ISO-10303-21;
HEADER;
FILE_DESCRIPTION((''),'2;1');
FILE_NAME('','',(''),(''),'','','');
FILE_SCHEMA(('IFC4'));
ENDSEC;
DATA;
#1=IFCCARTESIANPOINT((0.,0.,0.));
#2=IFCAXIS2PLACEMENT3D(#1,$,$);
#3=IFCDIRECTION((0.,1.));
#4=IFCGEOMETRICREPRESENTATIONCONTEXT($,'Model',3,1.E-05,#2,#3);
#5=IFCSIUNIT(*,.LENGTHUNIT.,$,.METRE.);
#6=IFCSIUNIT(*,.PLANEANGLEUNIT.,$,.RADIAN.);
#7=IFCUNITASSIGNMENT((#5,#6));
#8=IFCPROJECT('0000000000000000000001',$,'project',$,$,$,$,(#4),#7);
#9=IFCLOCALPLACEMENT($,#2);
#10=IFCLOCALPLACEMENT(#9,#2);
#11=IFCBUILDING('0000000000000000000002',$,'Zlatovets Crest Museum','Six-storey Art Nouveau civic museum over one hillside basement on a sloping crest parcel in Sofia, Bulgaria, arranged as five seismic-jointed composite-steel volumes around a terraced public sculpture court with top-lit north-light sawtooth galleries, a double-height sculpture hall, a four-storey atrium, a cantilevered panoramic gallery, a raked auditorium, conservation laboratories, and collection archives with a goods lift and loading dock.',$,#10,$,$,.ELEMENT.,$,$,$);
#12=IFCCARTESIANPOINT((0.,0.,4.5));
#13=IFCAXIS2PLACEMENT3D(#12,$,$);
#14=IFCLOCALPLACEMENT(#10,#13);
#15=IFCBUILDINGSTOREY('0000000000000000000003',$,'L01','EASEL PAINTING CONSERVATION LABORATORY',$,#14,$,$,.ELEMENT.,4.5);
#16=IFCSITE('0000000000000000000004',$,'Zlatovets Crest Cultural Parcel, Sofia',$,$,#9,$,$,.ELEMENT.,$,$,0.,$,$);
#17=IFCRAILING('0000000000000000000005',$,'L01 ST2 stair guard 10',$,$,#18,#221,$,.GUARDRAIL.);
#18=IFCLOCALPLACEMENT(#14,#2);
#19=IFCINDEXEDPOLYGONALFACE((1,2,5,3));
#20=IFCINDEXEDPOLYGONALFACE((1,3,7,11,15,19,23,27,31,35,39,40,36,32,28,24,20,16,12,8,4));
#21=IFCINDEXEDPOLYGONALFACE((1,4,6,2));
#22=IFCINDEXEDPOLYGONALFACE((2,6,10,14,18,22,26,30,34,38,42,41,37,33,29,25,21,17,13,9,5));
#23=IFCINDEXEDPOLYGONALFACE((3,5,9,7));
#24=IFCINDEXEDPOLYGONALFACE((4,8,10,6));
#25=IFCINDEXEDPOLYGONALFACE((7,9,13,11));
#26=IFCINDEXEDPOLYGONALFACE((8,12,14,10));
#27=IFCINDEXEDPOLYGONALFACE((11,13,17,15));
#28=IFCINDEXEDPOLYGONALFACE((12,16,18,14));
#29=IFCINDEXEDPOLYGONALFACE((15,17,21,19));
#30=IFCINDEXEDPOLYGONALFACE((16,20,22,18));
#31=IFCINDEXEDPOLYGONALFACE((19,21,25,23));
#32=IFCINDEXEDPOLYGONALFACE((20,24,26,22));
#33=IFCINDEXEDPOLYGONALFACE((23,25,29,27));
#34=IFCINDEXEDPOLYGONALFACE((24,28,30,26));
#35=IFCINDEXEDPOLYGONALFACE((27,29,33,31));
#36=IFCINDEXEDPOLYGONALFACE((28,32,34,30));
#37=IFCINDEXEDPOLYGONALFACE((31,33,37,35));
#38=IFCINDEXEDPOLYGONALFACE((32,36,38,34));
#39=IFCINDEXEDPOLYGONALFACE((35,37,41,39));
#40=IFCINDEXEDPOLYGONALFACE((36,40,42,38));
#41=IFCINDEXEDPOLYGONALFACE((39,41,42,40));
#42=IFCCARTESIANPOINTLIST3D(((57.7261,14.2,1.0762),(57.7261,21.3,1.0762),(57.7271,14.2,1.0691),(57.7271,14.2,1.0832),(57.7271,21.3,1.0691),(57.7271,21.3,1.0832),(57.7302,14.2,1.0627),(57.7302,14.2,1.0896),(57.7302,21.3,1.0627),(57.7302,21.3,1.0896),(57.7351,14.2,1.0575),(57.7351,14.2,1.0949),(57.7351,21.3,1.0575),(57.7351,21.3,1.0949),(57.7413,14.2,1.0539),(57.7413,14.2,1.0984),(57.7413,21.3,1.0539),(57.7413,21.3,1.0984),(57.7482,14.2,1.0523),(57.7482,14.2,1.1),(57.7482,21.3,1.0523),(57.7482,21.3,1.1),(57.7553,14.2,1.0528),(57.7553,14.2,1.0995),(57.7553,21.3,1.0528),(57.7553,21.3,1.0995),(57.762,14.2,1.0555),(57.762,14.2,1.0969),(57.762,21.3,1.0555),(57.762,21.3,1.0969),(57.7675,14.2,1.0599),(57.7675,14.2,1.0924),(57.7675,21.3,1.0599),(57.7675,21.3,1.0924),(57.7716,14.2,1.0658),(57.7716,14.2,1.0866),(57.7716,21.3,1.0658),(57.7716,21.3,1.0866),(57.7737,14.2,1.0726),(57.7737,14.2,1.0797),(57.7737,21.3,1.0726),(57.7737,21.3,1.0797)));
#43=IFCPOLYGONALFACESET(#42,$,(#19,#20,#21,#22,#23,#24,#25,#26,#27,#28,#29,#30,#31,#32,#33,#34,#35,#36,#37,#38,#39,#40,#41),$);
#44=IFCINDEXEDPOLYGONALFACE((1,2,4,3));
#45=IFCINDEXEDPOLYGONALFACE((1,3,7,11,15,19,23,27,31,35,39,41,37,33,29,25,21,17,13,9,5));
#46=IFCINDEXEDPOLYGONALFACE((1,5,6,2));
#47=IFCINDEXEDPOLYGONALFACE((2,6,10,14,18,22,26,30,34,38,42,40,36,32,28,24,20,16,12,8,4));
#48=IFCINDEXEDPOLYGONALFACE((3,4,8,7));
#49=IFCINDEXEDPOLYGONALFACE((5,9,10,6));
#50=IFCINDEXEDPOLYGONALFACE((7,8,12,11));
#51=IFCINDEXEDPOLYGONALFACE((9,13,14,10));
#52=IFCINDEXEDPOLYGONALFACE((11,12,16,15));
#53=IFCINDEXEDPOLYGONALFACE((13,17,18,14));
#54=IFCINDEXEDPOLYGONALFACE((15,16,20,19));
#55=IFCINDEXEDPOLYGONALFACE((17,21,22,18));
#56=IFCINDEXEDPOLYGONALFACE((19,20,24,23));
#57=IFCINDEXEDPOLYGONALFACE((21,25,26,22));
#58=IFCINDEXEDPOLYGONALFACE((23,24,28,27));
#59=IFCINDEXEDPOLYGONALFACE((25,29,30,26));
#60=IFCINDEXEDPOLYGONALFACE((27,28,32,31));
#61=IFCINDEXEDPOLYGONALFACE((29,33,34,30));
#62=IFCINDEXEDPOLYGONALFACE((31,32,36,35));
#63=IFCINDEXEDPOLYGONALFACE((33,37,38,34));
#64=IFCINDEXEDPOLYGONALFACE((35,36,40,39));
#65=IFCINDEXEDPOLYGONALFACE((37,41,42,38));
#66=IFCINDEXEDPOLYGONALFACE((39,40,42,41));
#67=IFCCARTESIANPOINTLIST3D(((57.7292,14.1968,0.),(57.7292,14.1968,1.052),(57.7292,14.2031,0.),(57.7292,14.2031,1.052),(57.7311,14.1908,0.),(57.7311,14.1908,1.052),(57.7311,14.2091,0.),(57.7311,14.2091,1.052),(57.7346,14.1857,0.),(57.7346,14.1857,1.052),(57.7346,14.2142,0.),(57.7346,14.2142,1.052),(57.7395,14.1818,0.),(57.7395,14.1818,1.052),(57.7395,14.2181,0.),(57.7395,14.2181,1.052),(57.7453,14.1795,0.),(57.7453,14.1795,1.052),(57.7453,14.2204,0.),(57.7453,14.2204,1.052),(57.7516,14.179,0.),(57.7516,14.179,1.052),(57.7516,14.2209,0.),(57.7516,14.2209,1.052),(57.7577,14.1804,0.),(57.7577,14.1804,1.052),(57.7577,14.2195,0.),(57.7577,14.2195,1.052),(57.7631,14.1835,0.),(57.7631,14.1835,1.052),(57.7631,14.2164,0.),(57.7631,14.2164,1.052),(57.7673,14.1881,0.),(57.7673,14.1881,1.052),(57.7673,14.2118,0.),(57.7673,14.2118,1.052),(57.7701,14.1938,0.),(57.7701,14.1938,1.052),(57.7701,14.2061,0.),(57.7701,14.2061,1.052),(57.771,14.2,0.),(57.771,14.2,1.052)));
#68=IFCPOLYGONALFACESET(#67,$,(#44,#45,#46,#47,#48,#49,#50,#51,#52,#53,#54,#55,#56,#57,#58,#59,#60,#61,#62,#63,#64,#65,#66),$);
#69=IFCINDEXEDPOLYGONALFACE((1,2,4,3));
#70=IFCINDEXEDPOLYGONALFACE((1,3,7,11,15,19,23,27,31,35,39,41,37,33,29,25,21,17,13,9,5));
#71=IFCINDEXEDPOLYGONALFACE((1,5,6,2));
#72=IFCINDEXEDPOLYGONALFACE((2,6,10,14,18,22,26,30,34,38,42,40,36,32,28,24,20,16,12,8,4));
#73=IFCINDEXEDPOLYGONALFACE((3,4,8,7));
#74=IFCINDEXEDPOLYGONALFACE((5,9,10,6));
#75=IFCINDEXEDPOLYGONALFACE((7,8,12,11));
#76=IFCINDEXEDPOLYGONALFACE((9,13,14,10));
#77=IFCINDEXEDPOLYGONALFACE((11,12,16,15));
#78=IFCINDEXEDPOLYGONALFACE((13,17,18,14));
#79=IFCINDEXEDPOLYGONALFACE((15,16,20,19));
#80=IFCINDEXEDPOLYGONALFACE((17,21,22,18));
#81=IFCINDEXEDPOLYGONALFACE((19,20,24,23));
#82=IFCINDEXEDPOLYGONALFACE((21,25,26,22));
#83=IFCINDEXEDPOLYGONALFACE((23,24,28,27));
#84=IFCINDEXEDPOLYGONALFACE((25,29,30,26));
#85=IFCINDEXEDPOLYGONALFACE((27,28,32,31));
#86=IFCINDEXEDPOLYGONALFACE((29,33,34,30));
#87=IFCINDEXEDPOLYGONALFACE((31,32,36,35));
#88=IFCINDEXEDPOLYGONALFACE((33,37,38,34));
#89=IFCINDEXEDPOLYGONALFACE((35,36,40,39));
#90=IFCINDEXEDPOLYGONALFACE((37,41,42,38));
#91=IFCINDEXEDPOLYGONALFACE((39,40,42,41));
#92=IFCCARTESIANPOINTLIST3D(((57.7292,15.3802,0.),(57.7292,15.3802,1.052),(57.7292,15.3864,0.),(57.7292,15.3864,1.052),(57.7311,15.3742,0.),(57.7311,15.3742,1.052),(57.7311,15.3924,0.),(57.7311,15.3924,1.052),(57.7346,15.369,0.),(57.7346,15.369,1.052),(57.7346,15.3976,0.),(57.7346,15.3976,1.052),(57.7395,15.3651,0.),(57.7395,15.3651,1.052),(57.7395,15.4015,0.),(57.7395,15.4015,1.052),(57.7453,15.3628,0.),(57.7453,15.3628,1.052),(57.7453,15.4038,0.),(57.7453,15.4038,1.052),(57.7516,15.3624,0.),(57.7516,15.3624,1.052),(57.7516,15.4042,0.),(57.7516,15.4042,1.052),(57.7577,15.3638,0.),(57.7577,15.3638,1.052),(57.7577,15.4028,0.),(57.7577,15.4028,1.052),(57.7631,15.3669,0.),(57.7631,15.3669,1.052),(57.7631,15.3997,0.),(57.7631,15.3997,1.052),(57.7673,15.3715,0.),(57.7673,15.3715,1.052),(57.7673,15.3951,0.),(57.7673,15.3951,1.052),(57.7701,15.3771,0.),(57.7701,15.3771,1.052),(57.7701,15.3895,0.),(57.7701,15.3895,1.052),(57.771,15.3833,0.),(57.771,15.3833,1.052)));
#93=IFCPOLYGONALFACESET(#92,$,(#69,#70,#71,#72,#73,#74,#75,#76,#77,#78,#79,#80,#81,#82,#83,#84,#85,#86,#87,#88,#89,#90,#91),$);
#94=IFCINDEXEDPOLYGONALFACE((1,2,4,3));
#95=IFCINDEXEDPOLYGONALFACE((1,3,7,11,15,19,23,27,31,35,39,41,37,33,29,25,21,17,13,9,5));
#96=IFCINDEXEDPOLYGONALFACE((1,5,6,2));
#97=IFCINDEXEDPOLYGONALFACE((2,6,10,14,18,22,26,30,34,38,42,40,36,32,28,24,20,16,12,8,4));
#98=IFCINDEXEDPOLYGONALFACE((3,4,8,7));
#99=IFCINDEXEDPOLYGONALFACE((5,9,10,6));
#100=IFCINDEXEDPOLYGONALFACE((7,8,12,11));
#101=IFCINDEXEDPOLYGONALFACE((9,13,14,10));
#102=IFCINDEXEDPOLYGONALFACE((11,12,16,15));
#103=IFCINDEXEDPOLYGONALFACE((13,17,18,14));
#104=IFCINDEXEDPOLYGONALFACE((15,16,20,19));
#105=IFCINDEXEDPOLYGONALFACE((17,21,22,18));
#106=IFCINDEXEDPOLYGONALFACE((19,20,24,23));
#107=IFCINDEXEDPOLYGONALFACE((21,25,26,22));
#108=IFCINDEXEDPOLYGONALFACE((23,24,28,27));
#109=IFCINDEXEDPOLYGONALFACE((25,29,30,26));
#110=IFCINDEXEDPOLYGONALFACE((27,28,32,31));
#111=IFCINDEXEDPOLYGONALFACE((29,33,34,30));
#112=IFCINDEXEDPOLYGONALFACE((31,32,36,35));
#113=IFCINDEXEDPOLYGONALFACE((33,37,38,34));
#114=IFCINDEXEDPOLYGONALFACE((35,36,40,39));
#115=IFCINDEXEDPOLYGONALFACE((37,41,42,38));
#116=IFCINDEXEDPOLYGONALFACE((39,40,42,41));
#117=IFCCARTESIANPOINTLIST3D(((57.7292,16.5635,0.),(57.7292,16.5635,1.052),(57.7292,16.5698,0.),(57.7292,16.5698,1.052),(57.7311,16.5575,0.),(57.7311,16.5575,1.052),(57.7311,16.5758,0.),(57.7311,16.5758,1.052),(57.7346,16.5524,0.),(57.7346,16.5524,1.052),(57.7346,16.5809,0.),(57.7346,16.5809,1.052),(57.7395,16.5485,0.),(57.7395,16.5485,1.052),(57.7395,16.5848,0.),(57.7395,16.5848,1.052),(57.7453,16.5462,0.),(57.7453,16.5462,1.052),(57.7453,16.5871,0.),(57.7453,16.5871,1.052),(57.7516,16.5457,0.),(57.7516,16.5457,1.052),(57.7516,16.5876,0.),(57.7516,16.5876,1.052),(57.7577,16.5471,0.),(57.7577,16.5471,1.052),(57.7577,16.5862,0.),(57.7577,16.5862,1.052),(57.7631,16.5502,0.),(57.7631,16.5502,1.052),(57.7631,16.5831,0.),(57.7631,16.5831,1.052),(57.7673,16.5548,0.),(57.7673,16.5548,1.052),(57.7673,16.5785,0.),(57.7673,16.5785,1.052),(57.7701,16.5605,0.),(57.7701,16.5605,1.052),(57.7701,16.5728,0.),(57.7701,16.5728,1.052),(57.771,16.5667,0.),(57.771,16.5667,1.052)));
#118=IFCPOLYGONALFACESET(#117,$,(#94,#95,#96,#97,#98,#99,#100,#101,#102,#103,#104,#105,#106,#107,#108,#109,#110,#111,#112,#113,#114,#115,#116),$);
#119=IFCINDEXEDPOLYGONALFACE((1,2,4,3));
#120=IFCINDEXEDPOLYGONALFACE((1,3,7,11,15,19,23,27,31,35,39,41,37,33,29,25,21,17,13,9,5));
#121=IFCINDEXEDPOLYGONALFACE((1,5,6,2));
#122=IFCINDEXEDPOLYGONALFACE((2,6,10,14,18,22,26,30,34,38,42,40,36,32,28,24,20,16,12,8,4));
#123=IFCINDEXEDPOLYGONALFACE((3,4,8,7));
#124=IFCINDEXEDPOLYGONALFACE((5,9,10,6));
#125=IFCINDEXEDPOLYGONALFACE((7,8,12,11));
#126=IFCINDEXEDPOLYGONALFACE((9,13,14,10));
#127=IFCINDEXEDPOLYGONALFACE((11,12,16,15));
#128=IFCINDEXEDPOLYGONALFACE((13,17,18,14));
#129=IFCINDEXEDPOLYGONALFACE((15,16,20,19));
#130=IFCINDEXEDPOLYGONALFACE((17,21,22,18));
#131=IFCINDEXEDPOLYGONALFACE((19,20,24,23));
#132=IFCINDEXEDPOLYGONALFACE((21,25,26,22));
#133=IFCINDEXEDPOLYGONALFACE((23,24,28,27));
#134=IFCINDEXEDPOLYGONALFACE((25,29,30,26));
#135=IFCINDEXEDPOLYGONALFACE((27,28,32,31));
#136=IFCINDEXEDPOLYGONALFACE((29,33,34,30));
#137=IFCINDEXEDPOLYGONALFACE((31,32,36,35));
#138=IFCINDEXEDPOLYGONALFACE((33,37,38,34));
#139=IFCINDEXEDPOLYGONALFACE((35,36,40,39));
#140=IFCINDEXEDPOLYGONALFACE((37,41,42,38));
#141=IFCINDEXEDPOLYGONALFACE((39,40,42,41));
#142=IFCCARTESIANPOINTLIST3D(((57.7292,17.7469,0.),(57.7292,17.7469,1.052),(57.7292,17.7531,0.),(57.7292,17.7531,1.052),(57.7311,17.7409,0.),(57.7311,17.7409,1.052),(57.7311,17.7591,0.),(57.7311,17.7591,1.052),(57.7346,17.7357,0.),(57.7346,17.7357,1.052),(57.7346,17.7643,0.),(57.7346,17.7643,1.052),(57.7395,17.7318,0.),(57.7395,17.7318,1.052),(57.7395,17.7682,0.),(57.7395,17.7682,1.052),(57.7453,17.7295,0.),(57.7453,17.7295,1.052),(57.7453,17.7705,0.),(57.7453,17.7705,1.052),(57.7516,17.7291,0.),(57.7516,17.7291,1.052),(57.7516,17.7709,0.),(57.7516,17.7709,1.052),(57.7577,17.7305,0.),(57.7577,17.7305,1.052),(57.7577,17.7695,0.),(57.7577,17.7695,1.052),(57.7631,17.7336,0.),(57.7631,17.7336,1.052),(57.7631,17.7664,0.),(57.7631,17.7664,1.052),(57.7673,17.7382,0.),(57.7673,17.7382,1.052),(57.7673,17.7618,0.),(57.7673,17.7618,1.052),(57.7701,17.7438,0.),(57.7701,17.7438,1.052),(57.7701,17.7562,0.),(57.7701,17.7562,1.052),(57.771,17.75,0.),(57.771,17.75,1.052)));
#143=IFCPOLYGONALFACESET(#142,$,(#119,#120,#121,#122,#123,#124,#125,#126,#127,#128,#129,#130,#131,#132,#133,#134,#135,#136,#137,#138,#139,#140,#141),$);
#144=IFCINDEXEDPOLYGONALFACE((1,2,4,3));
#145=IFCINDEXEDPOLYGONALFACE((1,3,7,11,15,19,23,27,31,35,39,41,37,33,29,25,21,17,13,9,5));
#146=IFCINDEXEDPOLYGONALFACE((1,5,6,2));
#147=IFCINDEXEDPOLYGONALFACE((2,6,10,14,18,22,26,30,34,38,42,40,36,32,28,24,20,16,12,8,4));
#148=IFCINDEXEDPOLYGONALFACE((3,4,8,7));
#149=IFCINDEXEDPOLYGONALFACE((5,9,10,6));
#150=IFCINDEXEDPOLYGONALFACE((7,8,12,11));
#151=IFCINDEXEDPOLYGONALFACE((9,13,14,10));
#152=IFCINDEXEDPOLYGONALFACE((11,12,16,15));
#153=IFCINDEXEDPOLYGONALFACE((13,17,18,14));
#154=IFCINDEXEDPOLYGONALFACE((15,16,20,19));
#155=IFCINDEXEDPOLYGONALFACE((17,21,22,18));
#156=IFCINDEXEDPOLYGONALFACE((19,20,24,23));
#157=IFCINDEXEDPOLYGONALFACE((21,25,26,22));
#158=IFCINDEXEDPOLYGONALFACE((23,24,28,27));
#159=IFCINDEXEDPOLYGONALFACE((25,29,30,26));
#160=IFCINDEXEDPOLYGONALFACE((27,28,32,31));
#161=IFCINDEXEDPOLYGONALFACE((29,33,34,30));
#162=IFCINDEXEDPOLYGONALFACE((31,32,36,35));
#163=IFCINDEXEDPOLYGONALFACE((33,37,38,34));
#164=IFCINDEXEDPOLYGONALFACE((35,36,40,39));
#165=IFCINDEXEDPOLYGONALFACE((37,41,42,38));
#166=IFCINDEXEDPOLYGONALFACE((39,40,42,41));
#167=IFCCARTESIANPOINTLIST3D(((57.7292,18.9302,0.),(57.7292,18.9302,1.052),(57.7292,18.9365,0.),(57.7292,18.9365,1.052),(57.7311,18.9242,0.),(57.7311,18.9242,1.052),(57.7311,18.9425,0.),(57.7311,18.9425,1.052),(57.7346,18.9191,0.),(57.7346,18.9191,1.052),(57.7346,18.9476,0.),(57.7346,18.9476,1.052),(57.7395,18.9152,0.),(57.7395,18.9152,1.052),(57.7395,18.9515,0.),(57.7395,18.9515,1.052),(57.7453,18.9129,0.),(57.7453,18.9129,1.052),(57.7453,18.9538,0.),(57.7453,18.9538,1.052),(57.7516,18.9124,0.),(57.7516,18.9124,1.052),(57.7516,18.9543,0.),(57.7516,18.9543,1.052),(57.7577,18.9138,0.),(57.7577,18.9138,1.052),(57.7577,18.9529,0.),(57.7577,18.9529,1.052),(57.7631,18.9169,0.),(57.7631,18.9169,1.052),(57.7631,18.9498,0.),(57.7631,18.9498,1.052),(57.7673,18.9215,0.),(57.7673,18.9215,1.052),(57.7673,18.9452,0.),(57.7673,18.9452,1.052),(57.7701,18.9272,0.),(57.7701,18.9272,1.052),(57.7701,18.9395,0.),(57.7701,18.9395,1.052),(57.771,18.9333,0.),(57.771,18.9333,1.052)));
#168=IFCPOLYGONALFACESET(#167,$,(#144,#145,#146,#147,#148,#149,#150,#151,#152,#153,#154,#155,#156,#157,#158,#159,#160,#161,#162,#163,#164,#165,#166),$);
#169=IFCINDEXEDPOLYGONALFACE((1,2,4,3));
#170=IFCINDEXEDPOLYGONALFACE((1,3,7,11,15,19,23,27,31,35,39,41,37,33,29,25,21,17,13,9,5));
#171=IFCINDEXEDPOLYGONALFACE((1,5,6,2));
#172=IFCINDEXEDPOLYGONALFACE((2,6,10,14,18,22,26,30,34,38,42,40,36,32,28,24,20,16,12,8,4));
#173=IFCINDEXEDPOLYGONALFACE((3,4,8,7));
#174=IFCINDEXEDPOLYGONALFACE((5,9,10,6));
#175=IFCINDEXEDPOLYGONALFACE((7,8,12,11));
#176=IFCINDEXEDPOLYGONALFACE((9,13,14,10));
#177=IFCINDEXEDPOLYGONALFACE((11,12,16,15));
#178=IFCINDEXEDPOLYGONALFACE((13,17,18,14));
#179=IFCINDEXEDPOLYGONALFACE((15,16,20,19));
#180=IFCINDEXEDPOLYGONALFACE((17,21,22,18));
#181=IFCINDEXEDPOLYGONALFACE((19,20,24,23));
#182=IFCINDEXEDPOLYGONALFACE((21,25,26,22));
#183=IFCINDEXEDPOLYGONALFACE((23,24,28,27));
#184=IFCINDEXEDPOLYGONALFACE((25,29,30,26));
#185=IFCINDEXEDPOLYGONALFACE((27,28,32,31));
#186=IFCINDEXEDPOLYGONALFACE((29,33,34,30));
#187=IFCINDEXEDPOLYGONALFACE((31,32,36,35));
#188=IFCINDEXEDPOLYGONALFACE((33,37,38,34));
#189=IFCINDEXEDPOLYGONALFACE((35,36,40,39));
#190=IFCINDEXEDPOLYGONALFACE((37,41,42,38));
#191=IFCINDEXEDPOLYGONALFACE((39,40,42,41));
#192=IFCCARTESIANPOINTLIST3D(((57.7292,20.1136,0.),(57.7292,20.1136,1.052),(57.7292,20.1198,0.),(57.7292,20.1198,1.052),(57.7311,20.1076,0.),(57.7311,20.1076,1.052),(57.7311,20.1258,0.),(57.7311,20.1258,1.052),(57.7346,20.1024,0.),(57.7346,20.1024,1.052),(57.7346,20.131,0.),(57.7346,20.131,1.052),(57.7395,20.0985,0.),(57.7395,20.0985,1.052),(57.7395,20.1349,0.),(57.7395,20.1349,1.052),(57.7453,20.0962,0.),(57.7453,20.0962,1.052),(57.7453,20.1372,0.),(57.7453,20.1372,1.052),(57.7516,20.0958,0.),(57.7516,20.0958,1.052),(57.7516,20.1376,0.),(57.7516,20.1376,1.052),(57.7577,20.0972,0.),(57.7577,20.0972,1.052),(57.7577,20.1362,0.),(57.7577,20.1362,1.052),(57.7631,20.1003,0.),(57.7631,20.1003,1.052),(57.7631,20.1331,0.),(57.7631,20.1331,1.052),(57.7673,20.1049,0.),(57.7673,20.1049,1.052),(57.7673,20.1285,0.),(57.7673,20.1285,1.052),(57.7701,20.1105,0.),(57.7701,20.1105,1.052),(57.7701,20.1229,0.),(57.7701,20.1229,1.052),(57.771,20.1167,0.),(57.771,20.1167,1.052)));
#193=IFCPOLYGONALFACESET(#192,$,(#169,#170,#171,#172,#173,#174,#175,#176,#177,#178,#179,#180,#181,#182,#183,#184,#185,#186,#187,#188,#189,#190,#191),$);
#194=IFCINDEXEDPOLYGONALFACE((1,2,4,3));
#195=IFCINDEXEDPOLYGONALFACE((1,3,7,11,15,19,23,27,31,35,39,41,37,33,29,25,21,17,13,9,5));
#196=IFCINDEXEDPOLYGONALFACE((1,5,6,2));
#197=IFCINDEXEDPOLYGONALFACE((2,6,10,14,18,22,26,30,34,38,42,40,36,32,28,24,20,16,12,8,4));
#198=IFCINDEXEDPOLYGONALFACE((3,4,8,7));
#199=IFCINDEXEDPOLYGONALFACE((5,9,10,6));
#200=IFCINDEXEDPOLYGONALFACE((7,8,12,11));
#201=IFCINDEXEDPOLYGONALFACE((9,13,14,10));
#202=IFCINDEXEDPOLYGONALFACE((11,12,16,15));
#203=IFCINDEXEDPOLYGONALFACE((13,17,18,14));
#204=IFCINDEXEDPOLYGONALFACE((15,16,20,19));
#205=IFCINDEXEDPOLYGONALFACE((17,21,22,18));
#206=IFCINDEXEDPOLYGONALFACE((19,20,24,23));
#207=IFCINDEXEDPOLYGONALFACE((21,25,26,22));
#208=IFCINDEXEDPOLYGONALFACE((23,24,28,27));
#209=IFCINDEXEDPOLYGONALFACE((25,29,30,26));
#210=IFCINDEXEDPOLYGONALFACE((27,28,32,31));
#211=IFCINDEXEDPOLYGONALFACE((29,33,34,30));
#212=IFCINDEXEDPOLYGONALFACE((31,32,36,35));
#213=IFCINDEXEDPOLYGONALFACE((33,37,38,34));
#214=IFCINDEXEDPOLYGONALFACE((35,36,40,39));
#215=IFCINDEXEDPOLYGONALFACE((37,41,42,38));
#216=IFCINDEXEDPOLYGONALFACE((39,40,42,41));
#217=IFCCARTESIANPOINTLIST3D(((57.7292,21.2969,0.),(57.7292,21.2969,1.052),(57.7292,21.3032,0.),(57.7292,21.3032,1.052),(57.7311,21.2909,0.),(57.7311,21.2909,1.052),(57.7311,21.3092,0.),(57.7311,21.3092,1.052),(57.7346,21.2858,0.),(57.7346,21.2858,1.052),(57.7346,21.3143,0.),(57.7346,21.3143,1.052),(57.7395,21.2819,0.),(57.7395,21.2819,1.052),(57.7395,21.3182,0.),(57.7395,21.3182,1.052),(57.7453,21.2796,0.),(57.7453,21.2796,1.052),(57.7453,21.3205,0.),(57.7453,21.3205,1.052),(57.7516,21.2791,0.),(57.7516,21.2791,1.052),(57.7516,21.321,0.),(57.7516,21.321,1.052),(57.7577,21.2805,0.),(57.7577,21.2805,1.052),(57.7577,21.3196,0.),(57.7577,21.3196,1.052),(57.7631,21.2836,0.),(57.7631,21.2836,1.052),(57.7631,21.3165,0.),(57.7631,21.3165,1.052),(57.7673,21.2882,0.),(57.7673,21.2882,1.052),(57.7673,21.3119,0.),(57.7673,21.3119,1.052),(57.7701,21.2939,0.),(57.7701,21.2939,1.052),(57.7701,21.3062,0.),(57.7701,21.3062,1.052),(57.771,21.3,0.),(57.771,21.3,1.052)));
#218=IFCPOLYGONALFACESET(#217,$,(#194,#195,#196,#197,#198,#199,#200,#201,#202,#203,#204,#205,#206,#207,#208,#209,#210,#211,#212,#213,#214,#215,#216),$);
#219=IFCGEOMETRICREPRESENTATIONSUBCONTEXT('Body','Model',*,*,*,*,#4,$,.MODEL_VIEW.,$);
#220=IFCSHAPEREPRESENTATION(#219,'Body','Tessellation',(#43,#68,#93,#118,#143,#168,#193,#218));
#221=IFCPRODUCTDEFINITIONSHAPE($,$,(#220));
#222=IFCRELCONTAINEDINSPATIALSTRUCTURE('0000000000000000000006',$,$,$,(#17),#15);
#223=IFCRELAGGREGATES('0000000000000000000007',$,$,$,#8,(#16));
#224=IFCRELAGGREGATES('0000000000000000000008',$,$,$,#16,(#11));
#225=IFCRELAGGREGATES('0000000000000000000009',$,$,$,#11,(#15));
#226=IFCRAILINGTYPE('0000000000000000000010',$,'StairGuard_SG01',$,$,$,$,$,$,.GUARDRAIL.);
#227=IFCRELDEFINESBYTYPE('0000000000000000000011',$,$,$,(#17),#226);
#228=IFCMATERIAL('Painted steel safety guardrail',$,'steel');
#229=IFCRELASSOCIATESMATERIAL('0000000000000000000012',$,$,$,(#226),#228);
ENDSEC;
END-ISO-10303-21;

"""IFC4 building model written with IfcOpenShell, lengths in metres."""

from ifc_helpers import new_model, si_unit, direction, frame, origin, origin_2d, place, context, subcontext, project, spatial, circle, extrude, material, type_object, element, save


model = new_model("IFC4")

# Units and contexts
model_context = context("Model", 3, precision=1e-05, world=origin(), true_north=direction((0.0, 1.0)))
body_context = subcontext(model_context, "Body", "Model", "MODEL_VIEW")
ifc_project = project(units=[si_unit("LENGTHUNIT", "METRE"), si_unit("PLANEANGLEUNIT", "RADIAN")], contexts=[model_context])

# Site, building, storey
site_placement = place(None, origin())
site = spatial("IfcSite", under=ifc_project, at=site_placement, Name="Zlatovets Crest Cultural Parcel, Sofia", CompositionType="ELEMENT", RefElevation=0.0)
building_placement = place(site_placement, origin())
building = spatial("IfcBuilding", under=site, at=building_placement, Name="Zlatovets Crest Museum", Description="Six-storey Art Nouveau civic museum over one hillside basement on a sloping crest parcel in Sofia, Bulgaria, arranged as five seismic-jointed composite-steel volumes around a terraced public sculpture court with top-lit north-light sawtooth galleries, a double-height sculpture hall, a four-storey atrium, a cantilevered panoramic gallery, a raked auditorium, conservation laboratories, and collection archives with a goods lift and loading dock.", CompositionType="ELEMENT")
storey_placement = place(building_placement, frame((0.0, 0.0, 4.5)))
storey = spatial("IfcBuildingStorey", under=building, at=storey_placement, Name="L01", Description="EASEL PAINTING CONSERVATION LABORATORY", CompositionType="ELEMENT", Elevation=4.5)

# Railing
ifc_material_1 = material(Name="Painted steel safety guardrail", Category="steel")
railing_type_1 = type_object("IfcRailingType", Name="StairGuard_SG01", PredefinedType="GUARDRAIL", material=ifc_material_1)
for number, where, name in (
    (1, (57.75, 14.2, 0.0), "L01 ST2 stair guard 10"),
):
    element("IfcRailing", number, at=place(storey_placement, frame(where)), inside=storey, type_object=railing_type_1, Name=name, PredefinedType="GUARDRAIL", context=body_context, shape_type="SweptSolid", body=[
        extrude(circle(Radius=0.0239, at=origin_2d()), frame((0.0, 0.0, 1.0762), z_axis=(0.0, 1.0, 0.0), x_axis=(-1.0, 0.0, 0.0)), (0.0, 0.0, 1.0), 7.1001),
        extrude(circle(Radius=0.021, at=origin_2d()), origin(), (0.0, 0.0, 1.0), 1.052),
        extrude(circle(Radius=0.021, at=origin_2d()), frame((0.0, 1.1833, 0.0)), (0.0, 0.0, 1.0), 1.052),
        extrude(circle(Radius=0.021, at=origin_2d()), frame((0.0, 2.3667, 0.0)), (0.0, 0.0, 1.0), 1.052),
        extrude(circle(Radius=0.021, at=origin_2d()), frame((0.0, 3.55, 0.0)), (0.0, 0.0, 1.0), 1.052),
        extrude(circle(Radius=0.021, at=origin_2d()), frame((0.0, 4.7334, 0.0)), (0.0, 0.0, 1.0), 1.052),
        extrude(circle(Radius=0.021, at=origin_2d()), frame((0.0, 5.9167, 0.0)), (0.0, 0.0, 1.0), 1.052),
        extrude(circle(Radius=0.021, at=origin_2d()), frame((0.0, 7.1001, 0.0)), (0.0, 0.0, 1.0), 1.052),
    ])

save(model, "model.ifc")
